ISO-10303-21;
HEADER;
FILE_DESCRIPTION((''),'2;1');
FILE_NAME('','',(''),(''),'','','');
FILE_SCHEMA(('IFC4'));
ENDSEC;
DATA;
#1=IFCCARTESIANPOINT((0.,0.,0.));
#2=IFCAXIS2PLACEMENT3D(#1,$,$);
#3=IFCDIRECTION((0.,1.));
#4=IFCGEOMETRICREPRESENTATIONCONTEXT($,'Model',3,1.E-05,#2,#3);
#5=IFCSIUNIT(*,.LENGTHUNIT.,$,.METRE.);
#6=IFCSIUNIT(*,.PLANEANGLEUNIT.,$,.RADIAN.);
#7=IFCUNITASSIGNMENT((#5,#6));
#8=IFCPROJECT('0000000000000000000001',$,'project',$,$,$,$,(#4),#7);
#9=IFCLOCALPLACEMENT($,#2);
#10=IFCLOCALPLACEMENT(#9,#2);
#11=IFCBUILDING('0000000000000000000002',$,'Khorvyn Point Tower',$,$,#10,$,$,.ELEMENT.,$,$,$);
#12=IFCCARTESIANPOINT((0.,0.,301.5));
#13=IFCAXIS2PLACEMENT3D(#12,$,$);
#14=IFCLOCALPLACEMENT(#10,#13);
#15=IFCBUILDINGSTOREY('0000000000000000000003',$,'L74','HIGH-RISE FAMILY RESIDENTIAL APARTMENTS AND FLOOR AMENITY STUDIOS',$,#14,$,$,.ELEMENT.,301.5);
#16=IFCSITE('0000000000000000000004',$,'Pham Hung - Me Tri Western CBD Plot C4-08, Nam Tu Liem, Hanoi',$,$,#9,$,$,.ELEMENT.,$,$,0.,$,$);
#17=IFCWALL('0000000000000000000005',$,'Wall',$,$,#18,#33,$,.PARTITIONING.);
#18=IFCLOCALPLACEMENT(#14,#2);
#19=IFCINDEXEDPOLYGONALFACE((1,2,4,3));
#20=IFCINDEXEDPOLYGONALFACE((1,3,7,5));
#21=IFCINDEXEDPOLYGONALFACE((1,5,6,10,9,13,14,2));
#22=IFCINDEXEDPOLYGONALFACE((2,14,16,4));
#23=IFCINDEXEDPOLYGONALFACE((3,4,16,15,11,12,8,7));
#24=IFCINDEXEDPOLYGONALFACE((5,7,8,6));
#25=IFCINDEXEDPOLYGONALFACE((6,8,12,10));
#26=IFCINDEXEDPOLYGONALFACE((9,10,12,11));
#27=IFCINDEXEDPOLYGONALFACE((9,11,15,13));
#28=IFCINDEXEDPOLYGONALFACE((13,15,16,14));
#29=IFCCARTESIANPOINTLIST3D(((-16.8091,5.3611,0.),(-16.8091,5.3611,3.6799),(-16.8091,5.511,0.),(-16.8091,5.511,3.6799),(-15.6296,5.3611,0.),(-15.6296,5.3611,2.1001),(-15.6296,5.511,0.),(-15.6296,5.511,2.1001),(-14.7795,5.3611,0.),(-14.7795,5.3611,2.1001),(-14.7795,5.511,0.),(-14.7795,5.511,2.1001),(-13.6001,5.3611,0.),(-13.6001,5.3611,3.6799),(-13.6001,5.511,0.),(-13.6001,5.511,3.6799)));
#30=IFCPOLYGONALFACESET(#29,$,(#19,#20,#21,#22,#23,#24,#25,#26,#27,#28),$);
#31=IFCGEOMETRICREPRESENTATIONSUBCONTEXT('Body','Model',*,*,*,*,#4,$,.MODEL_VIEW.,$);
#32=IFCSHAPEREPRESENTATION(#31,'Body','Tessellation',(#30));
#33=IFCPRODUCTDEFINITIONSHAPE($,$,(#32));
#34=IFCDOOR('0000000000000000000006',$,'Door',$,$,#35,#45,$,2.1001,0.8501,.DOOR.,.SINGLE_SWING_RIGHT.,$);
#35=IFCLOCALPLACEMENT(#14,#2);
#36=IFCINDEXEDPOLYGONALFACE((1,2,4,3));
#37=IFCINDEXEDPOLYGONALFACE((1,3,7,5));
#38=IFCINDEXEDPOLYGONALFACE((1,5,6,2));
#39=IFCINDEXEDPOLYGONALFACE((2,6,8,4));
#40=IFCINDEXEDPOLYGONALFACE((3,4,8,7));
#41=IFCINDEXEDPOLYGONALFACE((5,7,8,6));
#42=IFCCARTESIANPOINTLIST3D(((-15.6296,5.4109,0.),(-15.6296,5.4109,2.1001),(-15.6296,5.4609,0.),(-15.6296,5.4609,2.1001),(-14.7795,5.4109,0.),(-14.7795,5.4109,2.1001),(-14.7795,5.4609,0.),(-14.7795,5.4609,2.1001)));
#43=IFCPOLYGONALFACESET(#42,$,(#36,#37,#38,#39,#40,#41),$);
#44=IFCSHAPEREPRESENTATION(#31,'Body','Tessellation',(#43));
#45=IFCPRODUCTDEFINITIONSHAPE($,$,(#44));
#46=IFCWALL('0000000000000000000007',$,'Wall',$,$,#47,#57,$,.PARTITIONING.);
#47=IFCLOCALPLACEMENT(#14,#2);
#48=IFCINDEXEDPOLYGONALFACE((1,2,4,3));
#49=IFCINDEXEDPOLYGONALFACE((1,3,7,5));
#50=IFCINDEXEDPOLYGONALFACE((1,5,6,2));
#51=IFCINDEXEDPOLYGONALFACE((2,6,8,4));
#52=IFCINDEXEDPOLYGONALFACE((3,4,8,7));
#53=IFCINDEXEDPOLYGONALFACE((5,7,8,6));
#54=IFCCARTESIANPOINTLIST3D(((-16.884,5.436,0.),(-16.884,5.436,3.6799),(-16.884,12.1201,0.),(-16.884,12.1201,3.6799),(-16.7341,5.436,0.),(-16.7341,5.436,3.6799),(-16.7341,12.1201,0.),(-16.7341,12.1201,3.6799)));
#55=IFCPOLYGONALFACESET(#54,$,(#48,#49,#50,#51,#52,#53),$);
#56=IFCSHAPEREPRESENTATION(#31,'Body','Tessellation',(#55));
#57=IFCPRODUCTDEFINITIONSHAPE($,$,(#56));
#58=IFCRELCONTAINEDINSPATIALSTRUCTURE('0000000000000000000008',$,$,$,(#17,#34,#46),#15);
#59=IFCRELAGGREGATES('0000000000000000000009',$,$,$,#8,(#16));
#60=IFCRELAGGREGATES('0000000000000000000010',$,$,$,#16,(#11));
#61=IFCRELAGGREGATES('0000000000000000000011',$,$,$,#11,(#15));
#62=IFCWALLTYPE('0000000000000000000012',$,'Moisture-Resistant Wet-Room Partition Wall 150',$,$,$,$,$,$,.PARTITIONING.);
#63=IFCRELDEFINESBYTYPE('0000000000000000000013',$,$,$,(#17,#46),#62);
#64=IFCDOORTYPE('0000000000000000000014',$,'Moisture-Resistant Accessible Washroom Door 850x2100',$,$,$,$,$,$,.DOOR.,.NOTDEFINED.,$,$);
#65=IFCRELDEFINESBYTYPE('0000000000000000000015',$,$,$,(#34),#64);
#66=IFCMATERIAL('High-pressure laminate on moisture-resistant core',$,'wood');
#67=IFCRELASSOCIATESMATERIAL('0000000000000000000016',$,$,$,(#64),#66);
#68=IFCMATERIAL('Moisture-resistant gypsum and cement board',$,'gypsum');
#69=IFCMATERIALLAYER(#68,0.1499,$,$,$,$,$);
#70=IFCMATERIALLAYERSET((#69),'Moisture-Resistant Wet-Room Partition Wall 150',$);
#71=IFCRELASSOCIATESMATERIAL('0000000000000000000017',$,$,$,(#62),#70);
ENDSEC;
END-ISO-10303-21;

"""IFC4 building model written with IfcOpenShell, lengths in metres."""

from ifc_helpers import new_model, si_unit, direction, frame, frame_2d, origin, place, context, subcontext, project, spatial, rectangle, extrude, material, layer, layer_set, type_object, element, fill, save


model = new_model("IFC4")

# Units and contexts
model_context = context("Model", 3, precision=1e-05, world=origin(), true_north=direction((0.0, 1.0)))
body_context = subcontext(model_context, "Body", "Model", "MODEL_VIEW")
ifc_project = project(units=[si_unit("LENGTHUNIT", "METRE"), si_unit("PLANEANGLEUNIT", "RADIAN")], contexts=[model_context])

# Site, building, storey
site_placement = place(None, origin())
site = spatial("IfcSite", under=ifc_project, at=site_placement, Name="Pham Hung - Me Tri Western CBD Plot C4-08, Nam Tu Liem, Hanoi", CompositionType="ELEMENT", RefElevation=0.0)
building_placement = place(site_placement, origin())
building = spatial("IfcBuilding", under=site, at=building_placement, Name="Khorvyn Point Tower", CompositionType="ELEMENT")
storey_placement = place(building_placement, frame((0.0, 0.0, 301.5)))
storey = spatial("IfcBuildingStorey", under=building, at=storey_placement, Name="L74", Description="HIGH-RISE FAMILY RESIDENTIAL APARTMENTS AND FLOOR AMENITY STUDIOS", CompositionType="ELEMENT", Elevation=301.5)

# Wall, opening, door
ifc_material_1 = material(Name="High-pressure laminate on moisture-resistant core", Category="wood")
door_type_1 = type_object("IfcDoorType", Name="Moisture-Resistant Accessible Washroom Door 850x2100", OperationType="NOTDEFINED", PredefinedType="DOOR", material=ifc_material_1)
ifc_material_2 = material(Name="Moisture-resistant gypsum and cement board", Category="gypsum")
ifc_layer_1 = layer(ifc_material_2, 0.1499)
ifc_layer_set_1 = layer_set([ifc_layer_1], Name="Moisture-Resistant Wet-Room Partition Wall 150")
wall_type_1 = type_object("IfcWallType", Name="Moisture-Resistant Wet-Room Partition Wall 150", PredefinedType="PARTITIONING", material=ifc_layer_set_1)
wall_1_placement = place(storey_placement, frame((-16.8091, 5.436, 0.0), z_axis=(0.0, 0.0, 1.0), x_axis=(1.0, 0.0, 0.0)))
wall_1 = element("IfcWall", 1, at=wall_1_placement, inside=storey, type_object=wall_type_1, Name="Wall", PredefinedType="PARTITIONING", context=body_context, shape_type="SweptSolid", body=[
    extrude(rectangle(XDim=3.209, YDim=0.1499, at=frame_2d((1.6045, 0.0))), origin(), (0.0, 0.0, 1.0), 3.6799),
])
opening_1_placement = place(wall_1_placement, frame((1.1794, 0.0, 0.0)))
opening_1 = element("IfcOpeningElement", 2, at=opening_1_placement, cuts=wall_1, PredefinedType="OPENING", context=body_context, shape_type="SweptSolid", body=[
    extrude(rectangle(XDim=0.8501, YDim=2.1001, at=frame_2d((0.425, 1.05))), frame((0.0, 0.085, 0.0), z_axis=(0.0, -1.0, 0.0), x_axis=(1.0, 0.0, 0.0)), (0.0, 0.0, 1.0), 0.1699),
])
door_1_placement = place(opening_1_placement, origin())
door_1 = element("IfcDoor", 3, at=door_1_placement, inside=storey, type_object=door_type_1, Name="Door", OperationType="SINGLE_SWING_RIGHT", OverallHeight=2.1001, OverallWidth=0.8501, PredefinedType="DOOR", context=body_context, shape_type="SweptSolid", body=[
    extrude(rectangle(XDim=0.8501, YDim=2.1001, at=frame_2d((0.425, 1.05))), frame((0.0, 0.0249, 0.0), z_axis=(0.0, -1.0, 0.0), x_axis=(1.0, 0.0, 0.0)), (0.0, 0.0, 1.0), 0.05),
])
fill(opening_1, door_1)

# Wall
wall_2_placement = place(storey_placement, frame((-16.8091, 5.436, 0.0), z_axis=(0.0, 0.0, 1.0), x_axis=(0.0, 1.0, 0.0)))
element("IfcWall", 4, at=wall_2_placement, inside=storey, type_object=wall_type_1, Name="Wall", PredefinedType="PARTITIONING", context=body_context, shape_type="SweptSolid", body=[
    extrude(rectangle(XDim=6.6841, YDim=0.1499, at=frame_2d((3.342, 0.0))), origin(), (0.0, 0.0, 1.0), 3.6799),
])

save(model, "model.ifc")
